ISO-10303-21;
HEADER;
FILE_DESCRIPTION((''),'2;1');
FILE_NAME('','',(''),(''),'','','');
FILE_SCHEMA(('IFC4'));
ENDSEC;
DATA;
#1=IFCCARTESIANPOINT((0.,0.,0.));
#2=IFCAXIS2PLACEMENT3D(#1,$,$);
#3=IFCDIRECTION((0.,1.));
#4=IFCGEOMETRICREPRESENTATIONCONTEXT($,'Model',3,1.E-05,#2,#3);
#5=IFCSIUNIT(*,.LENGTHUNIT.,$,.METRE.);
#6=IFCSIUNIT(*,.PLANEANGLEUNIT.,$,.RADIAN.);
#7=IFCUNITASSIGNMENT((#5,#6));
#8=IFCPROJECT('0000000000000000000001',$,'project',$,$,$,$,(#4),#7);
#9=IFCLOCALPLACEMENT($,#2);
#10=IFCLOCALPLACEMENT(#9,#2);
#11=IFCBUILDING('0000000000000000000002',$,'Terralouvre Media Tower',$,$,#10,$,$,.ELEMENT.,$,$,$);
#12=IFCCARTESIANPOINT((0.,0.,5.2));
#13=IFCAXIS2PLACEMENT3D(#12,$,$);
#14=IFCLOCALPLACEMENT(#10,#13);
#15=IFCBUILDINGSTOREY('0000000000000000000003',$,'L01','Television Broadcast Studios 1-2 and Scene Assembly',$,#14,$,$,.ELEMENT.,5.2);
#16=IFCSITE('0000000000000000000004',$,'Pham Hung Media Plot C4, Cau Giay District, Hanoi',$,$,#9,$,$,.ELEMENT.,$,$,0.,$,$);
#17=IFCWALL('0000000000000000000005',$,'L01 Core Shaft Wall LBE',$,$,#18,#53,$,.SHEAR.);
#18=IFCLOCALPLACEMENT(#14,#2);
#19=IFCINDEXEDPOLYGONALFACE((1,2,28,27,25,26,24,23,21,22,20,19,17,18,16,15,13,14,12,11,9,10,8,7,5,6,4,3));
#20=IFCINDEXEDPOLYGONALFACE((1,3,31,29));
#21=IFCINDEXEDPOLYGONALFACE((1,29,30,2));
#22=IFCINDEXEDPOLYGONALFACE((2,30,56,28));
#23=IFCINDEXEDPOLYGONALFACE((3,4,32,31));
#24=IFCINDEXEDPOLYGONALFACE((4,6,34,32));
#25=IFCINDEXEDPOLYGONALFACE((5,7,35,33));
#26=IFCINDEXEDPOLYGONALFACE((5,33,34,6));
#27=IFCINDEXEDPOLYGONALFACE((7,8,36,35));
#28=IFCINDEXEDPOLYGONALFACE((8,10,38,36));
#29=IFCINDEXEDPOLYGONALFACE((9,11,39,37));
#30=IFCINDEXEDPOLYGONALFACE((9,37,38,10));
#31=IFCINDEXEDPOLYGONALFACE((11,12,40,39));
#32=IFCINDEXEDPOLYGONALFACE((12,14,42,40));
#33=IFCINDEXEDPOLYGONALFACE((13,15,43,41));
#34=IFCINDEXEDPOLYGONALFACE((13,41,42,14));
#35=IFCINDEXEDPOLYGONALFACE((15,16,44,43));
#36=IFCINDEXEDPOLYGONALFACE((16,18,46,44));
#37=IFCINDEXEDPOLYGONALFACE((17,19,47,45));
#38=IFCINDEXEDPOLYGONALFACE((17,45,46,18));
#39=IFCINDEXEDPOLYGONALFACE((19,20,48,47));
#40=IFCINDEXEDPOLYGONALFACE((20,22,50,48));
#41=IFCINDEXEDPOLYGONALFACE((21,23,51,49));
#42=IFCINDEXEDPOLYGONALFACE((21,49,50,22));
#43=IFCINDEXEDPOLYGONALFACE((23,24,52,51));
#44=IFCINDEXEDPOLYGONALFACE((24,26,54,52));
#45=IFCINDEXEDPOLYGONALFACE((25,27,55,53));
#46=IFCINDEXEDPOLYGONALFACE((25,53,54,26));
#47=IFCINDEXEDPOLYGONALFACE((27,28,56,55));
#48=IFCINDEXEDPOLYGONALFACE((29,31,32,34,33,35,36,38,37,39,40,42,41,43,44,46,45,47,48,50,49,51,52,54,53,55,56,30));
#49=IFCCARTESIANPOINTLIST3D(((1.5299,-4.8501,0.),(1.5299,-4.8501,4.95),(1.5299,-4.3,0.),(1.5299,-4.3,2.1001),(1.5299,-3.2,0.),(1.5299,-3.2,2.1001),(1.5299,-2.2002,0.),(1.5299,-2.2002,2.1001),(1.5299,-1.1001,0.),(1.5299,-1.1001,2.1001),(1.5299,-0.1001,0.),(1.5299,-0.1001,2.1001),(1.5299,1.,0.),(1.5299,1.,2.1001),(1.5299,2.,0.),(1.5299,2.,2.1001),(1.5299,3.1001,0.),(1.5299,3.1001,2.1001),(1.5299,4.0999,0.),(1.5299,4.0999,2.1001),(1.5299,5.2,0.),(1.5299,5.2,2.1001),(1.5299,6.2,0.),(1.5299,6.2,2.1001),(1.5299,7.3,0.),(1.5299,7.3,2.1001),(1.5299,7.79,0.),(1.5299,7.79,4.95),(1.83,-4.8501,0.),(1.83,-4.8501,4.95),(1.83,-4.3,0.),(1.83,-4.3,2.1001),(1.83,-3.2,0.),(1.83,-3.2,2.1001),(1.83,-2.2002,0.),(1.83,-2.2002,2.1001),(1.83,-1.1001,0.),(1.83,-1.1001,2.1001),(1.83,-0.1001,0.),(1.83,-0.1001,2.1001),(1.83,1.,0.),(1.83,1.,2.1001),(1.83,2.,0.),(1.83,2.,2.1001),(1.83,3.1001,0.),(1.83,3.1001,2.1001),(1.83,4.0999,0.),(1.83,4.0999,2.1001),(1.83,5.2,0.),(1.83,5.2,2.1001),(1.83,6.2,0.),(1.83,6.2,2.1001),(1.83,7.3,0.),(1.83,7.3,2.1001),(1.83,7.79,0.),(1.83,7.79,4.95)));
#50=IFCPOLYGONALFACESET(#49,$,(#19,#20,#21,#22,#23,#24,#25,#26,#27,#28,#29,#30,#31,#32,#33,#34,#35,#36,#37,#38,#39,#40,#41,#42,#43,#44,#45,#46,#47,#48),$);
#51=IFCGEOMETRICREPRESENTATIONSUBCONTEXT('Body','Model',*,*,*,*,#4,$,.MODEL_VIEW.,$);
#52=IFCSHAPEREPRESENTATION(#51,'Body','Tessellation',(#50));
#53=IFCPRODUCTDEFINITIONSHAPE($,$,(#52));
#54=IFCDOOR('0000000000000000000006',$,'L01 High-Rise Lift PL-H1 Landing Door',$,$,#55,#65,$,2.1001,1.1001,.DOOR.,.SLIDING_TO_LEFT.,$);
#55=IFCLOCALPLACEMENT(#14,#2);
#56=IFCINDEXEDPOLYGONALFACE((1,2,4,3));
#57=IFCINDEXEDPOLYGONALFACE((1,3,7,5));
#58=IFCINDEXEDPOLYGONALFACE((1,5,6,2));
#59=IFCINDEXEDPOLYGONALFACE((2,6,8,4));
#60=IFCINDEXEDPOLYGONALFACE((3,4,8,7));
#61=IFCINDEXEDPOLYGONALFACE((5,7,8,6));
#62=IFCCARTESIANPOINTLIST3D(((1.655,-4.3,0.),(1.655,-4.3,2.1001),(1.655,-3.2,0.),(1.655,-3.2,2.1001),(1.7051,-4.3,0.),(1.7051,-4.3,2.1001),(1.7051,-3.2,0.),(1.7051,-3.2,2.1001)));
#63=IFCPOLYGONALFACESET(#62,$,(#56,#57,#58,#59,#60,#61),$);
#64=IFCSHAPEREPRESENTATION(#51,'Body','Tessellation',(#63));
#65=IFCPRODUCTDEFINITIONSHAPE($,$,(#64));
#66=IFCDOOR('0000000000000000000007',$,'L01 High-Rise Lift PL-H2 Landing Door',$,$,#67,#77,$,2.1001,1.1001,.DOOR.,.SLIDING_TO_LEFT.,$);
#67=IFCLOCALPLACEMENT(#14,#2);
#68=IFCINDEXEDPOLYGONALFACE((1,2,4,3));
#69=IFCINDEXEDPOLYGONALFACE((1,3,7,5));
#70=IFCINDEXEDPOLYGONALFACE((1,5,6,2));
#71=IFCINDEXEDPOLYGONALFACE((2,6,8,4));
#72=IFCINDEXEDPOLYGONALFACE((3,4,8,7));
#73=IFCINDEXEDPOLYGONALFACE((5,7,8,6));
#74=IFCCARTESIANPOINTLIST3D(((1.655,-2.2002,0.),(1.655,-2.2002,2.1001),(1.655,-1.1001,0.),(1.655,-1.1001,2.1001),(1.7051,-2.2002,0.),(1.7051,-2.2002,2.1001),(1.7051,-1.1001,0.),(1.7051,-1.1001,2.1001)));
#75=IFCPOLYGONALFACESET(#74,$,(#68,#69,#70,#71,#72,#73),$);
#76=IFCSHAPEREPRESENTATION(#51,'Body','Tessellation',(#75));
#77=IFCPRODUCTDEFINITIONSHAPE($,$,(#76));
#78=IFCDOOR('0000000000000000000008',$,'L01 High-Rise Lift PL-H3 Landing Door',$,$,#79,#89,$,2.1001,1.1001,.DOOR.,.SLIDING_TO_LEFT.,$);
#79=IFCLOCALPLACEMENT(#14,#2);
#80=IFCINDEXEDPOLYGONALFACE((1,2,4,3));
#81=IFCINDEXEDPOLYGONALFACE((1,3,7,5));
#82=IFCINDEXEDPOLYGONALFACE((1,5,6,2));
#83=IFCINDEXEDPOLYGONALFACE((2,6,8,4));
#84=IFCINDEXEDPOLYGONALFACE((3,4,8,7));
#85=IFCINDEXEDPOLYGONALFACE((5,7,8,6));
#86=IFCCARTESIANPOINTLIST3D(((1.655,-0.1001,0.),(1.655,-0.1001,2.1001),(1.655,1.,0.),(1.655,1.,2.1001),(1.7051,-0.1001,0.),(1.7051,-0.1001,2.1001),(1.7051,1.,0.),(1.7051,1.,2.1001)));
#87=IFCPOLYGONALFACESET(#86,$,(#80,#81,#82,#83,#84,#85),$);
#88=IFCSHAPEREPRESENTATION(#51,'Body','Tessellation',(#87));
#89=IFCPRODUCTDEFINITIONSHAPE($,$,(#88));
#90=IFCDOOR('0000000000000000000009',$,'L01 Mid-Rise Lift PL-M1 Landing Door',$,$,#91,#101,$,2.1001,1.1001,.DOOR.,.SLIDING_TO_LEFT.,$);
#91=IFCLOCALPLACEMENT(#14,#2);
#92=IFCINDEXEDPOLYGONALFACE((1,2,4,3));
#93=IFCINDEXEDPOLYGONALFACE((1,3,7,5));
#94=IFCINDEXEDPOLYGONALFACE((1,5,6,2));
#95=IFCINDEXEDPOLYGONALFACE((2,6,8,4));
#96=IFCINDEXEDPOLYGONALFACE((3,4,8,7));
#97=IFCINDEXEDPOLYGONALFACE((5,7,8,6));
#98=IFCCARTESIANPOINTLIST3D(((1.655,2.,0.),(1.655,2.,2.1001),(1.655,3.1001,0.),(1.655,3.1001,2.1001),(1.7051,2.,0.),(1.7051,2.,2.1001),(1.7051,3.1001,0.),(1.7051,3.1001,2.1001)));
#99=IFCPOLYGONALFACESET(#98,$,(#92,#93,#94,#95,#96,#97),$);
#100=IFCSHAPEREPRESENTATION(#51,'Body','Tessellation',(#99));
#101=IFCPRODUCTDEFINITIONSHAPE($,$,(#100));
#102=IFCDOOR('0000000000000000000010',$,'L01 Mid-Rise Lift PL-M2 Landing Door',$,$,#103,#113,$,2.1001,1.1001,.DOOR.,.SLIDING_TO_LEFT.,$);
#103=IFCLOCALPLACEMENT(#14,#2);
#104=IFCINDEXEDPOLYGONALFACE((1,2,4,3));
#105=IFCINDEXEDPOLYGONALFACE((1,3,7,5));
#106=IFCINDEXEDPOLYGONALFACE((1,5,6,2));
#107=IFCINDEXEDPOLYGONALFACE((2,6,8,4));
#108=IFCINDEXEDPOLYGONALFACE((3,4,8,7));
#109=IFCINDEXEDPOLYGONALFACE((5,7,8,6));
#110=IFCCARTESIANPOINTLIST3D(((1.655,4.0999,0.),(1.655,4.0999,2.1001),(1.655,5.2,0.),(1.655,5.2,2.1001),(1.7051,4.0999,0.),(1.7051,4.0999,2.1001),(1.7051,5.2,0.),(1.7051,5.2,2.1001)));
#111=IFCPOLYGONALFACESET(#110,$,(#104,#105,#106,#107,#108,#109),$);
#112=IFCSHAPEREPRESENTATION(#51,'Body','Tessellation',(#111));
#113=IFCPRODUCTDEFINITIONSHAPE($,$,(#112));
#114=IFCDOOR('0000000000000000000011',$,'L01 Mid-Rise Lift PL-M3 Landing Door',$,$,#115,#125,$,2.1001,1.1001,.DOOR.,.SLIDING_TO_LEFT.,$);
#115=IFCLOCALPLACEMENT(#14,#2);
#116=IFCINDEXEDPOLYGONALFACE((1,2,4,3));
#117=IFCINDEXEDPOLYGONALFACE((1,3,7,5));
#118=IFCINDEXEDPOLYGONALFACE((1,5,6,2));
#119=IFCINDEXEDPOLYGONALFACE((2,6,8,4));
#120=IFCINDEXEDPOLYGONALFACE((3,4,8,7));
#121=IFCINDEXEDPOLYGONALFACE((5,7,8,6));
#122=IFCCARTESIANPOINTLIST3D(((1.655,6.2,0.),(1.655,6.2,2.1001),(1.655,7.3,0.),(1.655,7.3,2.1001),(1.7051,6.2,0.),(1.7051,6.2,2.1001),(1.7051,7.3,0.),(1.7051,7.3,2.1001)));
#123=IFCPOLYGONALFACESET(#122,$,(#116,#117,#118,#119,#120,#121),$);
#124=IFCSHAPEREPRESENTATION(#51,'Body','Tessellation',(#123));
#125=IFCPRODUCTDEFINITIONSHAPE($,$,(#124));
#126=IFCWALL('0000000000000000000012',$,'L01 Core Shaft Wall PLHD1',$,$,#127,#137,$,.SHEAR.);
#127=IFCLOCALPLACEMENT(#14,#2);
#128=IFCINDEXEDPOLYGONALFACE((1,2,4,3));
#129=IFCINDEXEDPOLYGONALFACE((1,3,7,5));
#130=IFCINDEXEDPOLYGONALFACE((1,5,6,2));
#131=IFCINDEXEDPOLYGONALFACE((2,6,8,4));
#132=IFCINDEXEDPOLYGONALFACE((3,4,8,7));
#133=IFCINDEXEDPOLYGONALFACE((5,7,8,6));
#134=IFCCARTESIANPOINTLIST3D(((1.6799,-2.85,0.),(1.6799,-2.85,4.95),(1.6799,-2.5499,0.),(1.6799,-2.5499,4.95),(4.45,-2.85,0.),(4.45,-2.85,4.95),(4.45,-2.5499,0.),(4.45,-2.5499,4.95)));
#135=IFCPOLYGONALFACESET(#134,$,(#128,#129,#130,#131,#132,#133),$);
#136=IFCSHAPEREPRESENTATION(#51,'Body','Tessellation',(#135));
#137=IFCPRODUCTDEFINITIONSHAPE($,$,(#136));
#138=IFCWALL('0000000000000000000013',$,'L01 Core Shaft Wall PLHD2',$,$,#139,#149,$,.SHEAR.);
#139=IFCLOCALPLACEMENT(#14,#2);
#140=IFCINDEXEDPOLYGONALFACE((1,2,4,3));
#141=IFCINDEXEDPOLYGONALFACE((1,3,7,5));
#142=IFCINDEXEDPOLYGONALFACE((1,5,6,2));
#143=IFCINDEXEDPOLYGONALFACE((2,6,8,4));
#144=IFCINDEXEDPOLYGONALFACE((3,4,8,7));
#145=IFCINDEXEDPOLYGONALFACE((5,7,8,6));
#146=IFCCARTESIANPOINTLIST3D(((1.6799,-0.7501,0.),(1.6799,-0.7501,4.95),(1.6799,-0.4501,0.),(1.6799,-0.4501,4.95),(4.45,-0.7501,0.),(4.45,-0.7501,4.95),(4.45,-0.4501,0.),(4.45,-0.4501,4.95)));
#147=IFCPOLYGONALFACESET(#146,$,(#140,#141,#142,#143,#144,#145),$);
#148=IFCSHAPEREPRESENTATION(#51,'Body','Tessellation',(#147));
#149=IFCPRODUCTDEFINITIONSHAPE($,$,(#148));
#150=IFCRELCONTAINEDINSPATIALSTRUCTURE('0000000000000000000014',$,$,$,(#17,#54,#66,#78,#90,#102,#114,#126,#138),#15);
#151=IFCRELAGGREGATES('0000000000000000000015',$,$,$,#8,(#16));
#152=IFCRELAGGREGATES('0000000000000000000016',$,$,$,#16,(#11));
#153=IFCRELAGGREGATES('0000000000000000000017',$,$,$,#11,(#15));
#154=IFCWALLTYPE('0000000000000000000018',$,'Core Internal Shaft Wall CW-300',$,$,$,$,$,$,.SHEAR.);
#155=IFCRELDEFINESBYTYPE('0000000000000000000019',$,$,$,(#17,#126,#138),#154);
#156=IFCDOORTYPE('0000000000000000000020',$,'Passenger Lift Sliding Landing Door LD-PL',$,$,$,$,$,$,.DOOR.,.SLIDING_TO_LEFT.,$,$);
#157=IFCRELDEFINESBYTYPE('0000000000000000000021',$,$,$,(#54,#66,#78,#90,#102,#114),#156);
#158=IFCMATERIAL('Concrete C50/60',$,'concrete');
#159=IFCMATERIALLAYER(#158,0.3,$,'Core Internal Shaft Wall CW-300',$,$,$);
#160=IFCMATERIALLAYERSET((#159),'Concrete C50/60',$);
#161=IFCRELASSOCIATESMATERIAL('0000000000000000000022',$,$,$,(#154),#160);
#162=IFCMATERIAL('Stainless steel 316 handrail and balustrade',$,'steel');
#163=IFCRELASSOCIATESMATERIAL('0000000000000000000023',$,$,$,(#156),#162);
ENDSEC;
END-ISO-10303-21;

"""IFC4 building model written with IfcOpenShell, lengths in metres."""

from ifc_helpers import new_model, si_unit, direction, frame, frame_2d, origin, place, context, subcontext, project, spatial, rectangle, extrude, material, layer, layer_set, type_object, element, fill, save


model = new_model("IFC4")

# Units and contexts
model_context = context("Model", 3, precision=1e-05, world=origin(), true_north=direction((0.0, 1.0)))
body_context = subcontext(model_context, "Body", "Model", "MODEL_VIEW")
ifc_project = project(units=[si_unit("LENGTHUNIT", "METRE"), si_unit("PLANEANGLEUNIT", "RADIAN")], contexts=[model_context])

# Site, building, storey
site_placement = place(None, origin())
site = spatial("IfcSite", under=ifc_project, at=site_placement, Name="Pham Hung Media Plot C4, Cau Giay District, Hanoi", CompositionType="ELEMENT", RefElevation=0.0)
building_placement = place(site_placement, origin())
building = spatial("IfcBuilding", under=site, at=building_placement, Name="Terralouvre Media Tower", CompositionType="ELEMENT")
storey_placement = place(building_placement, frame((0.0, 0.0, 5.2)))
storey = spatial("IfcBuildingStorey", under=building, at=storey_placement, Name="L01", Description="Television Broadcast Studios 1-2 and Scene Assembly", CompositionType="ELEMENT", Elevation=5.2)

# Shared definitions
ifc_material_1 = material(Name="Concrete C50/60", Category="concrete")
ifc_layer_1 = layer(ifc_material_1, 0.3, Name="Core Internal Shaft Wall CW-300")
ifc_layer_set_1 = layer_set([ifc_layer_1], Name="Concrete C50/60")
wall_type = type_object("IfcWallType", Name="Core Internal Shaft Wall CW-300", PredefinedType="SHEAR", material=ifc_layer_set_1)

# Wall, openings, doors
wall_1_placement = place(storey_placement, frame((1.6799, -4.8501, 0.0), z_axis=(0.0, 0.0, 1.0), x_axis=(0.0, 1.0, 0.0)))
wall_1 = element("IfcWall", 1, at=wall_1_placement, inside=storey, type_object=wall_type, Name="L01 Core Shaft Wall LBE", PredefinedType="SHEAR", context=body_context, shape_type="SweptSolid", body=[
    extrude(rectangle(XDim=12.6401, YDim=0.3, at=frame_2d((6.3201, 0.0))), origin(), (0.0, 0.0, 1.0), 4.95),
])
opening_1_placement = place(wall_1_placement, frame((0.55, 0.0, 0.0)))
opening_1 = element("IfcOpeningElement", 2, at=opening_1_placement, cuts=wall_1, PredefinedType="OPENING", context=body_context, shape_type="SweptSolid", body=[
    extrude(rectangle(XDim=1.1001, YDim=2.1001, at=frame_2d((0.55, 1.05))), frame((0.0, 0.1599, 0.0), z_axis=(0.0, -1.0, 0.0), x_axis=(1.0, 0.0, 0.0)), (0.0, 0.0, 1.0), 0.3201),
])
opening_2_placement = place(wall_1_placement, frame((2.6499, 0.0, 0.0)))
opening_2 = element("IfcOpeningElement", 3, at=opening_2_placement, cuts=wall_1, PredefinedType="OPENING", context=body_context, shape_type="SweptSolid", body=[
    extrude(rectangle(XDim=1.1001, YDim=2.1001, at=frame_2d((0.55, 1.05))), frame((0.0, 0.1599, 0.0), z_axis=(0.0, -1.0, 0.0), x_axis=(1.0, 0.0, 0.0)), (0.0, 0.0, 1.0), 0.3201),
])
opening_3_placement = place(wall_1_placement, frame((4.75, 0.0, 0.0)))
opening_3 = element("IfcOpeningElement", 4, at=opening_3_placement, cuts=wall_1, PredefinedType="OPENING", context=body_context, shape_type="SweptSolid", body=[
    extrude(rectangle(XDim=1.1001, YDim=2.1001, at=frame_2d((0.55, 1.05))), frame((0.0, 0.1599, 0.0), z_axis=(0.0, -1.0, 0.0), x_axis=(1.0, 0.0, 0.0)), (0.0, 0.0, 1.0), 0.3201),
])
opening_4_placement = place(wall_1_placement, frame((6.8501, 0.0, 0.0)))
opening_4 = element("IfcOpeningElement", 5, at=opening_4_placement, cuts=wall_1, PredefinedType="OPENING", context=body_context, shape_type="SweptSolid", body=[
    extrude(rectangle(XDim=1.1001, YDim=2.1001, at=frame_2d((0.55, 1.05))), frame((0.0, 0.1599, 0.0), z_axis=(0.0, -1.0, 0.0), x_axis=(1.0, 0.0, 0.0)), (0.0, 0.0, 1.0), 0.3201),
])
opening_5_placement = place(wall_1_placement, frame((8.95, 0.0, 0.0)))
opening_5 = element("IfcOpeningElement", 6, at=opening_5_placement, cuts=wall_1, PredefinedType="OPENING", context=body_context, shape_type="SweptSolid", body=[
    extrude(rectangle(XDim=1.1001, YDim=2.1001, at=frame_2d((0.55, 1.05))), frame((0.0, 0.1599, 0.0), z_axis=(0.0, -1.0, 0.0), x_axis=(1.0, 0.0, 0.0)), (0.0, 0.0, 1.0), 0.3201),
])
opening_6_placement = place(wall_1_placement, frame((11.05, 0.0, 0.0)))
opening_6 = element("IfcOpeningElement", 7, at=opening_6_placement, cuts=wall_1, PredefinedType="OPENING", context=body_context, shape_type="SweptSolid", body=[
    extrude(rectangle(XDim=1.1001, YDim=2.1001, at=frame_2d((0.55, 1.05))), frame((0.0, 0.1599, 0.0), z_axis=(0.0, -1.0, 0.0), x_axis=(1.0, 0.0, 0.0)), (0.0, 0.0, 1.0), 0.3201),
])
ifc_material_2 = material(Name="Stainless steel 316 handrail and balustrade", Category="steel")
door_type_1 = type_object("IfcDoorType", Name="Passenger Lift Sliding Landing Door LD-PL", OperationType="SLIDING_TO_LEFT", PredefinedType="DOOR", material=ifc_material_2)
door_1_placement = place(opening_1_placement, origin())
door_1 = element("IfcDoor", 8, at=door_1_placement, inside=storey, type_object=door_type_1, Name="L01 High-Rise Lift PL-H1 Landing Door", OperationType="SLIDING_TO_LEFT", OverallHeight=2.1001, OverallWidth=1.1001, PredefinedType="DOOR", context=body_context, shape_type="SweptSolid", body=[
    extrude(rectangle(XDim=1.1001, YDim=2.1001, at=frame_2d((0.55, 1.05))), frame((0.0, 0.0249, 0.0), z_axis=(0.0, -1.0, 0.0), x_axis=(1.0, 0.0, 0.0)), (0.0, 0.0, 1.0), 0.05),
])
fill(opening_1, door_1)
door_2_placement = place(opening_2_placement, origin())
door_2 = element("IfcDoor", 9, at=door_2_placement, inside=storey, type_object=door_type_1, Name="L01 High-Rise Lift PL-H2 Landing Door", OperationType="SLIDING_TO_LEFT", OverallHeight=2.1001, OverallWidth=1.1001, PredefinedType="DOOR", context=body_context, shape_type="SweptSolid", body=[
    extrude(rectangle(XDim=1.1001, YDim=2.1001, at=frame_2d((0.55, 1.05))), frame((0.0, 0.0249, 0.0), z_axis=(0.0, -1.0, 0.0), x_axis=(1.0, 0.0, 0.0)), (0.0, 0.0, 1.0), 0.05),
])
fill(opening_2, door_2)
door_3_placement = place(opening_3_placement, origin())
door_3 = element("IfcDoor", 10, at=door_3_placement, inside=storey, type_object=door_type_1, Name="L01 High-Rise Lift PL-H3 Landing Door", OperationType="SLIDING_TO_LEFT", OverallHeight=2.1001, OverallWidth=1.1001, PredefinedType="DOOR", context=body_context, shape_type="SweptSolid", body=[
    extrude(rectangle(XDim=1.1001, YDim=2.1001, at=frame_2d((0.55, 1.05))), frame((0.0, 0.0249, 0.0), z_axis=(0.0, -1.0, 0.0), x_axis=(1.0, 0.0, 0.0)), (0.0, 0.0, 1.0), 0.05),
])
fill(opening_3, door_3)
door_4_placement = place(opening_4_placement, origin())
door_4 = element("IfcDoor", 11, at=door_4_placement, inside=storey, type_object=door_type_1, Name="L01 Mid-Rise Lift PL-M1 Landing Door", OperationType="SLIDING_TO_LEFT", OverallHeight=2.1001, OverallWidth=1.1001, PredefinedType="DOOR", context=body_context, shape_type="SweptSolid", body=[
    extrude(rectangle(XDim=1.1001, YDim=2.1001, at=frame_2d((0.55, 1.05))), frame((0.0, 0.0249, 0.0), z_axis=(0.0, -1.0, 0.0), x_axis=(1.0, 0.0, 0.0)), (0.0, 0.0, 1.0), 0.05),
])
fill(opening_4, door_4)
door_5_placement = place(opening_5_placement, origin())
door_5 = element("IfcDoor", 12, at=door_5_placement, inside=storey, type_object=door_type_1, Name="L01 Mid-Rise Lift PL-M2 Landing Door", OperationType="SLIDING_TO_LEFT", OverallHeight=2.1001, OverallWidth=1.1001, PredefinedType="DOOR", context=body_context, shape_type="SweptSolid", body=[
    extrude(rectangle(XDim=1.1001, YDim=2.1001, at=frame_2d((0.55, 1.05))), frame((0.0, 0.0249, 0.0), z_axis=(0.0, -1.0, 0.0), x_axis=(1.0, 0.0, 0.0)), (0.0, 0.0, 1.0), 0.05),
])
fill(opening_5, door_5)
door_6_placement = place(opening_6_placement, origin())
door_6 = element("IfcDoor", 13, at=door_6_placement, inside=storey, type_object=door_type_1, Name="L01 Mid-Rise Lift PL-M3 Landing Door", OperationType="SLIDING_TO_LEFT", OverallHeight=2.1001, OverallWidth=1.1001, PredefinedType="DOOR", context=body_context, shape_type="SweptSolid", body=[
    extrude(rectangle(XDim=1.1001, YDim=2.1001, at=frame_2d((0.55, 1.05))), frame((0.0, 0.0249, 0.0), z_axis=(0.0, -1.0, 0.0), x_axis=(1.0, 0.0, 0.0)), (0.0, 0.0, 1.0), 0.05),
])
fill(opening_6, door_6)

# Walls
for number, where, z_axis, x_axis, name in (
    (14, (1.6799, -2.7, 0.0), (0.0, 0.0, 1.0), (1.0, 0.0, 0.0), "L01 Core Shaft Wall PLHD1"),
    (15, (1.6799, -0.6001, 0.0), (0.0, 0.0, 1.0), (1.0, 0.0, 0.0), "L01 Core Shaft Wall PLHD2"),
):
    element("IfcWall", number, at=place(storey_placement, frame(where, z_axis=z_axis, x_axis=x_axis)), inside=storey, type_object=wall_type, Name=name, PredefinedType="SHEAR", context=body_context, shape_type="SweptSolid", body=[
        extrude(rectangle(XDim=2.77, YDim=0.3, at=frame_2d((1.385, 0.0))), origin(), (0.0, 0.0, 1.0), 4.95),
    ])

save(model, "model.ifc")
